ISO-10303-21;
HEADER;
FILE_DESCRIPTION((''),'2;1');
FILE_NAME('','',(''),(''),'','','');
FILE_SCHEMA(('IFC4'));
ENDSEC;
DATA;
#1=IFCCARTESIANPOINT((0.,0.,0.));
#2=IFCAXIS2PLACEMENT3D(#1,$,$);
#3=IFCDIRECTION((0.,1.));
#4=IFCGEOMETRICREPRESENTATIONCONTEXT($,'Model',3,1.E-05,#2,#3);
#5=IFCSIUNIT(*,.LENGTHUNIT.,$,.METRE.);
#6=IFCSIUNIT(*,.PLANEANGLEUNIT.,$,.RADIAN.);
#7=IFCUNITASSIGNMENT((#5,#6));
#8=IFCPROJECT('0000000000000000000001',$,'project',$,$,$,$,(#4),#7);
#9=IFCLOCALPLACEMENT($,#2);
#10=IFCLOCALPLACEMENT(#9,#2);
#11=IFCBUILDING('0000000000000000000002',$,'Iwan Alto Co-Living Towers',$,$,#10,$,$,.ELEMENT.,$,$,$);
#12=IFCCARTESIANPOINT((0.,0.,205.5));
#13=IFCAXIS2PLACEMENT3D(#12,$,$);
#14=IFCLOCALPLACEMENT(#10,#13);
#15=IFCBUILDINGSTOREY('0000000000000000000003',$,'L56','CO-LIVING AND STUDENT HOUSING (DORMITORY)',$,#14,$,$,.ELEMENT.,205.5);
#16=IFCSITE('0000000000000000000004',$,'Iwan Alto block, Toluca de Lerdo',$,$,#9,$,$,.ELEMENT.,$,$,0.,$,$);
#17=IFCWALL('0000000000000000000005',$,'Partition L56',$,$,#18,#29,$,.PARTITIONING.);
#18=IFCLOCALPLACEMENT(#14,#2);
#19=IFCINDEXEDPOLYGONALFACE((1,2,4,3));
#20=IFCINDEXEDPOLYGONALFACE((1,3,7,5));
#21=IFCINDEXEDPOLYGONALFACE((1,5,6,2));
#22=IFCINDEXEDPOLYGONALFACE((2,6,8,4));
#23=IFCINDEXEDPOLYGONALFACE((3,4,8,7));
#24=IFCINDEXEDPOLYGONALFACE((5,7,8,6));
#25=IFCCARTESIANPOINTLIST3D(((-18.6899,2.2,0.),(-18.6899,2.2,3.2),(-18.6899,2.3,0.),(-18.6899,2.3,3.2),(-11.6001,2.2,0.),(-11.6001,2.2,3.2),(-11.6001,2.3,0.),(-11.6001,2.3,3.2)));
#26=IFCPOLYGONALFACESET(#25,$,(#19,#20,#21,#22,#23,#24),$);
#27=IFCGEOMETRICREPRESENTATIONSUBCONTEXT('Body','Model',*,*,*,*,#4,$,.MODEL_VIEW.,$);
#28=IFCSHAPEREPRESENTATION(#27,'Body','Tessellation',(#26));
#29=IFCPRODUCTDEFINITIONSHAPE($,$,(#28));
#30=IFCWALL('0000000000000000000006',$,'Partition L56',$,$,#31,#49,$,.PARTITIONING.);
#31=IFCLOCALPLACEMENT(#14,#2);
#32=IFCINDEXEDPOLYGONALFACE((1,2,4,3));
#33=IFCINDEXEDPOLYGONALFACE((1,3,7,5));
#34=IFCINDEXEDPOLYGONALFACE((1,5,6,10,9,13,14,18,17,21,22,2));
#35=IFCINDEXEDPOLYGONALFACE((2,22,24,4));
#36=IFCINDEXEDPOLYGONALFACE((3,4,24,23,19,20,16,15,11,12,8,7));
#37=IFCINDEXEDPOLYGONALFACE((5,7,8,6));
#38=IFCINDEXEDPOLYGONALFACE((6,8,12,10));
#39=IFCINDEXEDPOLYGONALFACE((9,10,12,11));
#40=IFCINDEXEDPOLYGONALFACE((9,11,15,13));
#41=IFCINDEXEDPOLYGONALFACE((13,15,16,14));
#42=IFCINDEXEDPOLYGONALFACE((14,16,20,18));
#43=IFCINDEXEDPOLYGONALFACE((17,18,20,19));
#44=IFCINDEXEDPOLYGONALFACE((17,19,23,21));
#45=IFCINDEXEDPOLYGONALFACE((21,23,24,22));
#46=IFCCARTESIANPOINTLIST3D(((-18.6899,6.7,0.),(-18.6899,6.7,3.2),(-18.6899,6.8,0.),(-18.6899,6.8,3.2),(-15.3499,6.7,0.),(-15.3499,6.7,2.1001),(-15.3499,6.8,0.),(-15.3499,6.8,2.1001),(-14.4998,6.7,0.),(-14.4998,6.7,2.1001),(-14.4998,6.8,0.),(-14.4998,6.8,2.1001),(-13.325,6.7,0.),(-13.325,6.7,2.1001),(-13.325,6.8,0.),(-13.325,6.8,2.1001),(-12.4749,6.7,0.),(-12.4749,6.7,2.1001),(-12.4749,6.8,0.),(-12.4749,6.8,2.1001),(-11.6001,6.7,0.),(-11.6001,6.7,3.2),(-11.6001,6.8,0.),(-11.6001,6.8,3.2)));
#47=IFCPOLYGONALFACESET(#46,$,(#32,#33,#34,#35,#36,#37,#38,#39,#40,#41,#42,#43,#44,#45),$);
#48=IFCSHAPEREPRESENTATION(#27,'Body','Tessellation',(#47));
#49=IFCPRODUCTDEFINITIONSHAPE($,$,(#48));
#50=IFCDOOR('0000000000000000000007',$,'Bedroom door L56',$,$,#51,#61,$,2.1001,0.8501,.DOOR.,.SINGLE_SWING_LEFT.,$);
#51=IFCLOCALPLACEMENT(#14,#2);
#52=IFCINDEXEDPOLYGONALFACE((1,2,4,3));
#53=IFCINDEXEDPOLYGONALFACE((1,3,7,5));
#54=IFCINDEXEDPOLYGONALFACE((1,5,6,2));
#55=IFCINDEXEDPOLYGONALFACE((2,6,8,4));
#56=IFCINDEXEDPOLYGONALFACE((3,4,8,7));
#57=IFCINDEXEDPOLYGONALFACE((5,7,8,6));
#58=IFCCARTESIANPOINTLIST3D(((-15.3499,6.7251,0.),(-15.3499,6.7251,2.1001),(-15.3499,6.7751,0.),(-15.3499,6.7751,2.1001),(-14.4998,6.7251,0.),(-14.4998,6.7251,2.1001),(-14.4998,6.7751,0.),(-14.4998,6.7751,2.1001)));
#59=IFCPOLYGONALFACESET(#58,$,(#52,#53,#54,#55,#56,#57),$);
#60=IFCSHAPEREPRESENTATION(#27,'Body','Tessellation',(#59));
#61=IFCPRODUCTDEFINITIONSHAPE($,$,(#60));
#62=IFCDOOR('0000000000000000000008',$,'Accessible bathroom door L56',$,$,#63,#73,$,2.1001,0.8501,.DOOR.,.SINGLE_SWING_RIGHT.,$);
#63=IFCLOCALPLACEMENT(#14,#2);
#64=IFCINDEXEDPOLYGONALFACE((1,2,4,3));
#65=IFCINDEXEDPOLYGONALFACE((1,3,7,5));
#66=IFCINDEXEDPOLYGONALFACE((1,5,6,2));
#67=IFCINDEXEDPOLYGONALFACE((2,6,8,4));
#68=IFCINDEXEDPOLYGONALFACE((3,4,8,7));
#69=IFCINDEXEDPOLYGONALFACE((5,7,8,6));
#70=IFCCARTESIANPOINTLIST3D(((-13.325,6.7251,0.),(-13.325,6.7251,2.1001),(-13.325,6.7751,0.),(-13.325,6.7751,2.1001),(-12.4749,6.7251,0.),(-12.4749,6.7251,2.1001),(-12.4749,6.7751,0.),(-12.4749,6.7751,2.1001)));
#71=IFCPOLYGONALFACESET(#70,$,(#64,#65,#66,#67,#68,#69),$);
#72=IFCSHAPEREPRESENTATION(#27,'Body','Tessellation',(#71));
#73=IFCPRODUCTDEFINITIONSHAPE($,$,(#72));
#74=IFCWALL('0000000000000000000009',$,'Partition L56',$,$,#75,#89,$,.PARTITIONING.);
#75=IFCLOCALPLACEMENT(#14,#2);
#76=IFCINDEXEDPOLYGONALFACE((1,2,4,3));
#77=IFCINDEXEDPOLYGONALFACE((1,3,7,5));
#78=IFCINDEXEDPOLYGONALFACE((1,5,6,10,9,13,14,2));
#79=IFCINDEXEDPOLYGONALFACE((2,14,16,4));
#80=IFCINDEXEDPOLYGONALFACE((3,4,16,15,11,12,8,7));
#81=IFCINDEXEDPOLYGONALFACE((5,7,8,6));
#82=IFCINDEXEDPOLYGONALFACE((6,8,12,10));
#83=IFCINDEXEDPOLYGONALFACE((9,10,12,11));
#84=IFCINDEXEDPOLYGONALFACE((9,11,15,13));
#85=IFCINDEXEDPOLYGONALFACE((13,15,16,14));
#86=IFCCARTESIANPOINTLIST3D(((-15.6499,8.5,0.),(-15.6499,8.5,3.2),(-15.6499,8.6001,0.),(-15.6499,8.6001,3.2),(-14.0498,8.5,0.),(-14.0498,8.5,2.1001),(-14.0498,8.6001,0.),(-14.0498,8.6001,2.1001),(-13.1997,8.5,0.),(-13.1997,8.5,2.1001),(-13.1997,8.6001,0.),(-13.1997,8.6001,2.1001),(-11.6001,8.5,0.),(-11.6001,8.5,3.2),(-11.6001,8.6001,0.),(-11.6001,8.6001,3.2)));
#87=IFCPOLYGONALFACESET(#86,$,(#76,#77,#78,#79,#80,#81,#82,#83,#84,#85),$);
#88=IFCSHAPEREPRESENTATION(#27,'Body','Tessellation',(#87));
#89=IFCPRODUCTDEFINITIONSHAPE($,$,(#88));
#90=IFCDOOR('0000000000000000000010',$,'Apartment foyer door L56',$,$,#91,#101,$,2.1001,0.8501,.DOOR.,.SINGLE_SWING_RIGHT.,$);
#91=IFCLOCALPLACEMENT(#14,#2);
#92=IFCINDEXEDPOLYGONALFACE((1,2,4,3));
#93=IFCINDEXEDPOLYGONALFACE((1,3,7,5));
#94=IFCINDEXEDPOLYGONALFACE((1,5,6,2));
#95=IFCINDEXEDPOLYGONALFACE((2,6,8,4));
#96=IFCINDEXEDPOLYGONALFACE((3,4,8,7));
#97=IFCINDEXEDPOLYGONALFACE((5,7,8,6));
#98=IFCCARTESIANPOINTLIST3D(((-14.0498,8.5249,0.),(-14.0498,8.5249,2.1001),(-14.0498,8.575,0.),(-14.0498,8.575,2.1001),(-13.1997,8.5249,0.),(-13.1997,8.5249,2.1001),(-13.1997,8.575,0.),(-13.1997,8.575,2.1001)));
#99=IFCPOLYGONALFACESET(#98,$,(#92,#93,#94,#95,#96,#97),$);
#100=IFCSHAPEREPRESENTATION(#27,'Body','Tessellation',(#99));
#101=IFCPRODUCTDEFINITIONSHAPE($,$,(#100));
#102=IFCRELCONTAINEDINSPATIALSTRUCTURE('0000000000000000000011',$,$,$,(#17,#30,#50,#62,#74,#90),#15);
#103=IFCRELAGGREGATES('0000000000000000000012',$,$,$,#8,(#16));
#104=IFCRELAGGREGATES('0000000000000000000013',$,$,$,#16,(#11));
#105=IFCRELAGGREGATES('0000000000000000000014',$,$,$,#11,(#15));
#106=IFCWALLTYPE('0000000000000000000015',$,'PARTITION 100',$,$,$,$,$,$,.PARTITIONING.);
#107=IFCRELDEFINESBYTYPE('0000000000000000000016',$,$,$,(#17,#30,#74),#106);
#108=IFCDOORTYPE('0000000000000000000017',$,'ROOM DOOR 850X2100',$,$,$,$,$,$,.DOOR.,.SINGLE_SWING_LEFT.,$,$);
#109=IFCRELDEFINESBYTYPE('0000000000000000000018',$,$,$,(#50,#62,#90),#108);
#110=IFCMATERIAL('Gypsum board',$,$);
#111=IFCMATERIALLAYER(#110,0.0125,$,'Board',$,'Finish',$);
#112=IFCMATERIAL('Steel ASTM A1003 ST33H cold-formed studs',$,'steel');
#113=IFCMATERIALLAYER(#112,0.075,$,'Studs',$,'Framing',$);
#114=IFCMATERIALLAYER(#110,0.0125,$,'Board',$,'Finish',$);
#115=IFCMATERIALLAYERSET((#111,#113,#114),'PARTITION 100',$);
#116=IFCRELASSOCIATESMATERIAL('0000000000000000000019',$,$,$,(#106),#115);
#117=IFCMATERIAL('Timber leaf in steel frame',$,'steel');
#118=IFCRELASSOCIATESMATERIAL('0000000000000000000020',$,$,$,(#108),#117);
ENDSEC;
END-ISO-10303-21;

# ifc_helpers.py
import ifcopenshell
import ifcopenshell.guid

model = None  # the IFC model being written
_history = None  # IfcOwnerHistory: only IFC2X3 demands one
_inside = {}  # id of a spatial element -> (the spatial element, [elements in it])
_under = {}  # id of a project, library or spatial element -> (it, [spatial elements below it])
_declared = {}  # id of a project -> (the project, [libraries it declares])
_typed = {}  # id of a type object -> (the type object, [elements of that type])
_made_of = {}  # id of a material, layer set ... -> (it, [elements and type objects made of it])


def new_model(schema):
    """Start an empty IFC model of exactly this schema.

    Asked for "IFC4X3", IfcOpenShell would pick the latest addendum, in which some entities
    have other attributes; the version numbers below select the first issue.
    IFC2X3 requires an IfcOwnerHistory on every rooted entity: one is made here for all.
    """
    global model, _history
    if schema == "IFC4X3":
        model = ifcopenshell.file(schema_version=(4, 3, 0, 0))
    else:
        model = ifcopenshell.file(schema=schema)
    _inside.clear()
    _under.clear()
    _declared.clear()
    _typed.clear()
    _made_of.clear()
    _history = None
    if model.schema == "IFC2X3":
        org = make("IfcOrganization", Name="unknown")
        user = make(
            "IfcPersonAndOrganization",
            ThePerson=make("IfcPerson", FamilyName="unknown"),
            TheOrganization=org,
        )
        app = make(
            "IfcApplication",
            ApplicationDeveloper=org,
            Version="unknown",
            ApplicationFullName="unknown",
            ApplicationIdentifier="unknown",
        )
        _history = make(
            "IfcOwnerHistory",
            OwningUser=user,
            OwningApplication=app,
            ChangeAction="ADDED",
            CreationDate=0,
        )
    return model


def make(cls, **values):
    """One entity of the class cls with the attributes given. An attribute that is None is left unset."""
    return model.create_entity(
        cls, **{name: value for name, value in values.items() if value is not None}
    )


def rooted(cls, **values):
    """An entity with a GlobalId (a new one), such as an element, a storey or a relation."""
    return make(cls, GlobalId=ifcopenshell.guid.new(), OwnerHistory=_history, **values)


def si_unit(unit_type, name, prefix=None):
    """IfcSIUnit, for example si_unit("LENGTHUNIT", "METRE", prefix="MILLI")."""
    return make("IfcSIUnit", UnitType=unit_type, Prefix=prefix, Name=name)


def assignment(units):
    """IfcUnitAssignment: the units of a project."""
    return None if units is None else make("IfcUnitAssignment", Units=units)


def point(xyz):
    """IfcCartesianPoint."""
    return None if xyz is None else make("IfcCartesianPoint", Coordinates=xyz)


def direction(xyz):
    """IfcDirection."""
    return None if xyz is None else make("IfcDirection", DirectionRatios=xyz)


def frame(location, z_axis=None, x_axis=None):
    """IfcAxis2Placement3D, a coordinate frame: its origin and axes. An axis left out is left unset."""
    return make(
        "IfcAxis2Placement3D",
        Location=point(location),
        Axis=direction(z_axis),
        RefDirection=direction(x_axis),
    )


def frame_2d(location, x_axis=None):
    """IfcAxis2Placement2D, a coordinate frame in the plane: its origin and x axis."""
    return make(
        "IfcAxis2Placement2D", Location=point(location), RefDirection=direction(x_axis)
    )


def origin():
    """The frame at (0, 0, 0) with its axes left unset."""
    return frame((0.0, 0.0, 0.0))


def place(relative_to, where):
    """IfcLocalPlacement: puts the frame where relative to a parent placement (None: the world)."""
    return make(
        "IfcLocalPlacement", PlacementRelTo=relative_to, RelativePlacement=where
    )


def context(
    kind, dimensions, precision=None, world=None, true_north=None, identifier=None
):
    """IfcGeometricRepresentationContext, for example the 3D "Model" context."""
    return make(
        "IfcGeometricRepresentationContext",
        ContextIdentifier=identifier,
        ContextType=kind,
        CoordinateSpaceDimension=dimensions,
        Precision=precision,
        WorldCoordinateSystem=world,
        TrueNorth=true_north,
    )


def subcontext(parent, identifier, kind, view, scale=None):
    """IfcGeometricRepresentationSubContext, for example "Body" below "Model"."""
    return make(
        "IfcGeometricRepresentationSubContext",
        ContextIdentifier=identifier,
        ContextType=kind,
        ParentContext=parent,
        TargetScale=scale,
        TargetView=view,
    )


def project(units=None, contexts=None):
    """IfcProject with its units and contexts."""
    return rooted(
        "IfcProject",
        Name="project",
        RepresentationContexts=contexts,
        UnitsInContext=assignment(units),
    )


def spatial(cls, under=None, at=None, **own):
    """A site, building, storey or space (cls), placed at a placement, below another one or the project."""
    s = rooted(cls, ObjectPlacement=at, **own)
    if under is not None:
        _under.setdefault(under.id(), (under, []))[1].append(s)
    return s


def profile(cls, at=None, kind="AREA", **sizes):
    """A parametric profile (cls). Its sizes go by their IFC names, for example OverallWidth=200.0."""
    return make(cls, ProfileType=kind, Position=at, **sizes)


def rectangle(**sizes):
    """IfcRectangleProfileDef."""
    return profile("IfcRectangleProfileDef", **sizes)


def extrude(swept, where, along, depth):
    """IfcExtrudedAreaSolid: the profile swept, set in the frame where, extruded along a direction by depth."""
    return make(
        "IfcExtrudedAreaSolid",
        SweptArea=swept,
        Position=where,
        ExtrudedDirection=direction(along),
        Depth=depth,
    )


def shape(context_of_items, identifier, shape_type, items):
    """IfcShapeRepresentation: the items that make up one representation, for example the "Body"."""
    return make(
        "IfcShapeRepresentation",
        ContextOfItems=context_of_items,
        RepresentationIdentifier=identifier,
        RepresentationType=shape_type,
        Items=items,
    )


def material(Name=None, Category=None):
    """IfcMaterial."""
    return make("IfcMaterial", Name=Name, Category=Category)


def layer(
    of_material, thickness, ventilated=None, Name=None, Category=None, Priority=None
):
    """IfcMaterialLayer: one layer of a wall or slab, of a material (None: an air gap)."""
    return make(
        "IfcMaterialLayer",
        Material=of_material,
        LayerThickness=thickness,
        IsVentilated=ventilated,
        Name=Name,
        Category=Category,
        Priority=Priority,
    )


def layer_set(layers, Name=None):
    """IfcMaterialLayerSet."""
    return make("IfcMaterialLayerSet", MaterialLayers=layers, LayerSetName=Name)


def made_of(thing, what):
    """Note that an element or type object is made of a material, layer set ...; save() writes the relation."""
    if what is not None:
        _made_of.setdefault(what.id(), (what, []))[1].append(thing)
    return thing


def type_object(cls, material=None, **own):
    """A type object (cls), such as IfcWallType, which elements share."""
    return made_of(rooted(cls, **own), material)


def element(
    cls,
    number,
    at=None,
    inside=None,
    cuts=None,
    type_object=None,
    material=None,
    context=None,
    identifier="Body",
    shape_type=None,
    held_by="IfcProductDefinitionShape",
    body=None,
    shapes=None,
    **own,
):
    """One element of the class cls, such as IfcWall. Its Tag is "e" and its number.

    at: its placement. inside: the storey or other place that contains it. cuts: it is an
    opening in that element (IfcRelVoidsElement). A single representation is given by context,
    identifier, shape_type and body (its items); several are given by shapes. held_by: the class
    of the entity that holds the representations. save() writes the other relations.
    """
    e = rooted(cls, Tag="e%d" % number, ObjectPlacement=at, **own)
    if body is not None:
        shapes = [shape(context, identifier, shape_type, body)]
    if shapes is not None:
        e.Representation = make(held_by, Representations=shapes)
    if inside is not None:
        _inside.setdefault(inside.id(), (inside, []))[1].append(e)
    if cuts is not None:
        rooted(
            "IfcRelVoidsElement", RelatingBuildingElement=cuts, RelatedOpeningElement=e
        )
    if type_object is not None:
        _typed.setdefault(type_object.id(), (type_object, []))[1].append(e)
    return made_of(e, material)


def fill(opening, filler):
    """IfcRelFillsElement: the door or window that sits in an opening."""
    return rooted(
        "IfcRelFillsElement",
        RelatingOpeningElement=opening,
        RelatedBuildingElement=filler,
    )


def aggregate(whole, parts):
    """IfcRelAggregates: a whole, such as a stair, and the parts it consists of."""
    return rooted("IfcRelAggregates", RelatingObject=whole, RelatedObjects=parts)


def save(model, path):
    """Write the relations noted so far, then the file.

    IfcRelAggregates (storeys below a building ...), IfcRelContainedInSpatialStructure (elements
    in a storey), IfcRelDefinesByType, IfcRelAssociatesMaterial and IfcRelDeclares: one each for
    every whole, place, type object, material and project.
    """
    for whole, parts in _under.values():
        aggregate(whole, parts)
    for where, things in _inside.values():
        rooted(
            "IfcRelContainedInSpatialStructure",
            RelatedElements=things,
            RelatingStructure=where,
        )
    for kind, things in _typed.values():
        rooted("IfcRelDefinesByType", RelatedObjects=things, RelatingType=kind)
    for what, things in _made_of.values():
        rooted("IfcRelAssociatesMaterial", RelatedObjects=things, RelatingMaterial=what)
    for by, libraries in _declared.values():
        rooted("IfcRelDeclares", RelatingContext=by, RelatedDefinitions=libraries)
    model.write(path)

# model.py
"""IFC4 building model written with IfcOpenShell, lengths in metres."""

from ifc_helpers import new_model, si_unit, direction, frame, frame_2d, origin, place, context, subcontext, project, spatial, rectangle, extrude, material, layer, layer_set, type_object, element, fill, save


model = new_model("IFC4")

# Units and contexts
model_context = context("Model", 3, precision=1e-05, world=origin(), true_north=direction((0.0, 1.0)))
body_context = subcontext(model_context, "Body", "Model", "MODEL_VIEW")
ifc_project = project(units=[si_unit("LENGTHUNIT", "METRE"), si_unit("PLANEANGLEUNIT", "RADIAN")], contexts=[model_context])

# Site, building, storey
site_placement = place(None, origin())
site = spatial("IfcSite", under=ifc_project, at=site_placement, Name="Iwan Alto block, Toluca de Lerdo", CompositionType="ELEMENT", RefElevation=0.0)
building_placement = place(site_placement, origin())
building = spatial("IfcBuilding", under=site, at=building_placement, Name="Iwan Alto Co-Living Towers", CompositionType="ELEMENT")
storey_placement = place(building_placement, frame((0.0, 0.0, 205.5)))
storey = spatial("IfcBuildingStorey", under=building, at=storey_placement, Name="L56", Description="CO-LIVING AND STUDENT HOUSING (DORMITORY)", CompositionType="ELEMENT", Elevation=205.5)

# Wall
ifc_material_1 = material(Name="Gypsum board")
ifc_layer_1 = layer(ifc_material_1, 0.0125, Name="Board", Category="Finish")
ifc_material_2 = material(Name="Steel ASTM A1003 ST33H cold-formed studs", Category="steel")
ifc_layer_2 = layer(ifc_material_2, 0.075, Name="Studs", Category="Framing")
ifc_layer_3 = layer(ifc_material_1, 0.0125, Name="Board", Category="Finish")
ifc_layer_set_1 = layer_set([ifc_layer_1, ifc_layer_2, ifc_layer_3], Name="PARTITION 100")
wall_type_1 = type_object("IfcWallType", Name="PARTITION 100", PredefinedType="PARTITIONING", material=ifc_layer_set_1)
wall_1_placement = place(storey_placement, frame((-18.6899, 2.25, 0.0), z_axis=(0.0, 0.0, 1.0), x_axis=(1.0, 0.0, 0.0)))
element("IfcWall", 1, at=wall_1_placement, inside=storey, type_object=wall_type_1, Name="Partition L56", PredefinedType="PARTITIONING", context=body_context, shape_type="SweptSolid", body=[
    extrude(rectangle(XDim=7.0898, YDim=0.1001, at=frame_2d((3.5449, 0.0))), origin(), (0.0, 0.0, 1.0), 3.2),
])

# Wall, openings, doors
wall_2_placement = place(storey_placement, frame((-18.6899, 6.75, 0.0), z_axis=(0.0, 0.0, 1.0), x_axis=(1.0, 0.0, 0.0)))
wall_2 = element("IfcWall", 2, at=wall_2_placement, inside=storey, type_object=wall_type_1, Name="Partition L56", PredefinedType="PARTITIONING", context=body_context, shape_type="SweptSolid", body=[
    extrude(rectangle(XDim=7.0898, YDim=0.1001, at=frame_2d((3.5449, 0.0))), origin(), (0.0, 0.0, 1.0), 3.2),
])
opening_1_placement = place(wall_2_placement, frame((3.3401, 0.0, 0.0)))
opening_1 = element("IfcOpeningElement", 3, at=opening_1_placement, cuts=wall_2, PredefinedType="OPENING", context=body_context, shape_type="SweptSolid", body=[
    extrude(rectangle(XDim=0.8501, YDim=2.1001, at=frame_2d((0.425, 1.05))), frame((0.0, 0.0601, 0.0), z_axis=(0.0, -1.0, 0.0), x_axis=(1.0, 0.0, 0.0)), (0.0, 0.0, 1.0), 0.1201),
])
opening_2_placement = place(wall_2_placement, frame((5.365, 0.0, 0.0)))
opening_2 = element("IfcOpeningElement", 4, at=opening_2_placement, cuts=wall_2, PredefinedType="OPENING", context=body_context, shape_type="SweptSolid", body=[
    extrude(rectangle(XDim=0.8501, YDim=2.1001, at=frame_2d((0.425, 1.05))), frame((0.0, 0.0601, 0.0), z_axis=(0.0, -1.0, 0.0), x_axis=(1.0, 0.0, 0.0)), (0.0, 0.0, 1.0), 0.1201),
])
ifc_material_3 = material(Name="Timber leaf in steel frame", Category="steel")
door_type_1 = type_object("IfcDoorType", Name="ROOM DOOR 850X2100", OperationType="SINGLE_SWING_LEFT", PredefinedType="DOOR", material=ifc_material_3)
door_1_placement = place(opening_1_placement, frame((0.8501, 0.0, 0.0), z_axis=(0.0, 0.0, 1.0), x_axis=(-1.0, 0.0, 0.0)))
door_1 = element("IfcDoor", 5, at=door_1_placement, inside=storey, type_object=door_type_1, Name="Bedroom door L56", OperationType="SINGLE_SWING_LEFT", OverallHeight=2.1001, OverallWidth=0.8501, PredefinedType="DOOR", context=body_context, shape_type="SweptSolid", body=[
    extrude(rectangle(XDim=0.8501, YDim=2.1001, at=frame_2d((0.425, 1.05))), frame((0.0, 0.0249, 0.0), z_axis=(0.0, -1.0, 0.0), x_axis=(1.0, 0.0, 0.0)), (0.0, 0.0, 1.0), 0.05),
])
fill(opening_1, door_1)
door_2_placement = place(opening_2_placement, frame((0.8501, 0.0, 0.0), z_axis=(0.0, 0.0, 1.0), x_axis=(-1.0, 0.0, 0.0)))
door_2 = element("IfcDoor", 6, at=door_2_placement, inside=storey, type_object=door_type_1, Name="Accessible bathroom door L56", OperationType="SINGLE_SWING_RIGHT", OverallHeight=2.1001, OverallWidth=0.8501, PredefinedType="DOOR", context=body_context, shape_type="SweptSolid", body=[
    extrude(rectangle(XDim=0.8501, YDim=2.1001, at=frame_2d((0.425, 1.05))), frame((0.0, 0.0249, 0.0), z_axis=(0.0, -1.0, 0.0), x_axis=(1.0, 0.0, 0.0)), (0.0, 0.0, 1.0), 0.05),
])
fill(opening_2, door_2)

# Wall, opening, door
wall_3_placement = place(storey_placement, frame((-15.6499, 8.55, 0.0), z_axis=(0.0, 0.0, 1.0), x_axis=(1.0, 0.0, 0.0)))
wall_3 = element("IfcWall", 7, at=wall_3_placement, inside=storey, type_object=wall_type_1, Name="Partition L56", PredefinedType="PARTITIONING", context=body_context, shape_type="SweptSolid", body=[
    extrude(rectangle(XDim=4.0498, YDim=0.1001, at=frame_2d((2.0249, 0.0))), origin(), (0.0, 0.0, 1.0), 3.2),
])
opening_3_placement = place(wall_3_placement, frame((1.6001, 0.0, 0.0)))
opening_3 = element("IfcOpeningElement", 8, at=opening_3_placement, cuts=wall_3, PredefinedType="OPENING", context=body_context, shape_type="SweptSolid", body=[
    extrude(rectangle(XDim=0.8501, YDim=2.1001, at=frame_2d((0.425, 1.05))), frame((0.0, 0.0601, 0.0), z_axis=(0.0, -1.0, 0.0), x_axis=(1.0, 0.0, 0.0)), (0.0, 0.0, 1.0), 0.1201),
])
door_3_placement = place(opening_3_placement, origin())
door_3 = element("IfcDoor", 9, at=door_3_placement, inside=storey, type_object=door_type_1, Name="Apartment foyer door L56", OperationType="SINGLE_SWING_RIGHT", OverallHeight=2.1001, OverallWidth=0.8501, PredefinedType="DOOR", context=body_context, shape_type="SweptSolid", body=[
    extrude(rectangle(XDim=0.8501, YDim=2.1001, at=frame_2d((0.425, 1.05))), frame((0.0, 0.0249, 0.0), z_axis=(0.0, -1.0, 0.0), x_axis=(1.0, 0.0, 0.0)), (0.0, 0.0, 1.0), 0.05),
])
fill(opening_3, door_3)

save(model, "model.ifc")
